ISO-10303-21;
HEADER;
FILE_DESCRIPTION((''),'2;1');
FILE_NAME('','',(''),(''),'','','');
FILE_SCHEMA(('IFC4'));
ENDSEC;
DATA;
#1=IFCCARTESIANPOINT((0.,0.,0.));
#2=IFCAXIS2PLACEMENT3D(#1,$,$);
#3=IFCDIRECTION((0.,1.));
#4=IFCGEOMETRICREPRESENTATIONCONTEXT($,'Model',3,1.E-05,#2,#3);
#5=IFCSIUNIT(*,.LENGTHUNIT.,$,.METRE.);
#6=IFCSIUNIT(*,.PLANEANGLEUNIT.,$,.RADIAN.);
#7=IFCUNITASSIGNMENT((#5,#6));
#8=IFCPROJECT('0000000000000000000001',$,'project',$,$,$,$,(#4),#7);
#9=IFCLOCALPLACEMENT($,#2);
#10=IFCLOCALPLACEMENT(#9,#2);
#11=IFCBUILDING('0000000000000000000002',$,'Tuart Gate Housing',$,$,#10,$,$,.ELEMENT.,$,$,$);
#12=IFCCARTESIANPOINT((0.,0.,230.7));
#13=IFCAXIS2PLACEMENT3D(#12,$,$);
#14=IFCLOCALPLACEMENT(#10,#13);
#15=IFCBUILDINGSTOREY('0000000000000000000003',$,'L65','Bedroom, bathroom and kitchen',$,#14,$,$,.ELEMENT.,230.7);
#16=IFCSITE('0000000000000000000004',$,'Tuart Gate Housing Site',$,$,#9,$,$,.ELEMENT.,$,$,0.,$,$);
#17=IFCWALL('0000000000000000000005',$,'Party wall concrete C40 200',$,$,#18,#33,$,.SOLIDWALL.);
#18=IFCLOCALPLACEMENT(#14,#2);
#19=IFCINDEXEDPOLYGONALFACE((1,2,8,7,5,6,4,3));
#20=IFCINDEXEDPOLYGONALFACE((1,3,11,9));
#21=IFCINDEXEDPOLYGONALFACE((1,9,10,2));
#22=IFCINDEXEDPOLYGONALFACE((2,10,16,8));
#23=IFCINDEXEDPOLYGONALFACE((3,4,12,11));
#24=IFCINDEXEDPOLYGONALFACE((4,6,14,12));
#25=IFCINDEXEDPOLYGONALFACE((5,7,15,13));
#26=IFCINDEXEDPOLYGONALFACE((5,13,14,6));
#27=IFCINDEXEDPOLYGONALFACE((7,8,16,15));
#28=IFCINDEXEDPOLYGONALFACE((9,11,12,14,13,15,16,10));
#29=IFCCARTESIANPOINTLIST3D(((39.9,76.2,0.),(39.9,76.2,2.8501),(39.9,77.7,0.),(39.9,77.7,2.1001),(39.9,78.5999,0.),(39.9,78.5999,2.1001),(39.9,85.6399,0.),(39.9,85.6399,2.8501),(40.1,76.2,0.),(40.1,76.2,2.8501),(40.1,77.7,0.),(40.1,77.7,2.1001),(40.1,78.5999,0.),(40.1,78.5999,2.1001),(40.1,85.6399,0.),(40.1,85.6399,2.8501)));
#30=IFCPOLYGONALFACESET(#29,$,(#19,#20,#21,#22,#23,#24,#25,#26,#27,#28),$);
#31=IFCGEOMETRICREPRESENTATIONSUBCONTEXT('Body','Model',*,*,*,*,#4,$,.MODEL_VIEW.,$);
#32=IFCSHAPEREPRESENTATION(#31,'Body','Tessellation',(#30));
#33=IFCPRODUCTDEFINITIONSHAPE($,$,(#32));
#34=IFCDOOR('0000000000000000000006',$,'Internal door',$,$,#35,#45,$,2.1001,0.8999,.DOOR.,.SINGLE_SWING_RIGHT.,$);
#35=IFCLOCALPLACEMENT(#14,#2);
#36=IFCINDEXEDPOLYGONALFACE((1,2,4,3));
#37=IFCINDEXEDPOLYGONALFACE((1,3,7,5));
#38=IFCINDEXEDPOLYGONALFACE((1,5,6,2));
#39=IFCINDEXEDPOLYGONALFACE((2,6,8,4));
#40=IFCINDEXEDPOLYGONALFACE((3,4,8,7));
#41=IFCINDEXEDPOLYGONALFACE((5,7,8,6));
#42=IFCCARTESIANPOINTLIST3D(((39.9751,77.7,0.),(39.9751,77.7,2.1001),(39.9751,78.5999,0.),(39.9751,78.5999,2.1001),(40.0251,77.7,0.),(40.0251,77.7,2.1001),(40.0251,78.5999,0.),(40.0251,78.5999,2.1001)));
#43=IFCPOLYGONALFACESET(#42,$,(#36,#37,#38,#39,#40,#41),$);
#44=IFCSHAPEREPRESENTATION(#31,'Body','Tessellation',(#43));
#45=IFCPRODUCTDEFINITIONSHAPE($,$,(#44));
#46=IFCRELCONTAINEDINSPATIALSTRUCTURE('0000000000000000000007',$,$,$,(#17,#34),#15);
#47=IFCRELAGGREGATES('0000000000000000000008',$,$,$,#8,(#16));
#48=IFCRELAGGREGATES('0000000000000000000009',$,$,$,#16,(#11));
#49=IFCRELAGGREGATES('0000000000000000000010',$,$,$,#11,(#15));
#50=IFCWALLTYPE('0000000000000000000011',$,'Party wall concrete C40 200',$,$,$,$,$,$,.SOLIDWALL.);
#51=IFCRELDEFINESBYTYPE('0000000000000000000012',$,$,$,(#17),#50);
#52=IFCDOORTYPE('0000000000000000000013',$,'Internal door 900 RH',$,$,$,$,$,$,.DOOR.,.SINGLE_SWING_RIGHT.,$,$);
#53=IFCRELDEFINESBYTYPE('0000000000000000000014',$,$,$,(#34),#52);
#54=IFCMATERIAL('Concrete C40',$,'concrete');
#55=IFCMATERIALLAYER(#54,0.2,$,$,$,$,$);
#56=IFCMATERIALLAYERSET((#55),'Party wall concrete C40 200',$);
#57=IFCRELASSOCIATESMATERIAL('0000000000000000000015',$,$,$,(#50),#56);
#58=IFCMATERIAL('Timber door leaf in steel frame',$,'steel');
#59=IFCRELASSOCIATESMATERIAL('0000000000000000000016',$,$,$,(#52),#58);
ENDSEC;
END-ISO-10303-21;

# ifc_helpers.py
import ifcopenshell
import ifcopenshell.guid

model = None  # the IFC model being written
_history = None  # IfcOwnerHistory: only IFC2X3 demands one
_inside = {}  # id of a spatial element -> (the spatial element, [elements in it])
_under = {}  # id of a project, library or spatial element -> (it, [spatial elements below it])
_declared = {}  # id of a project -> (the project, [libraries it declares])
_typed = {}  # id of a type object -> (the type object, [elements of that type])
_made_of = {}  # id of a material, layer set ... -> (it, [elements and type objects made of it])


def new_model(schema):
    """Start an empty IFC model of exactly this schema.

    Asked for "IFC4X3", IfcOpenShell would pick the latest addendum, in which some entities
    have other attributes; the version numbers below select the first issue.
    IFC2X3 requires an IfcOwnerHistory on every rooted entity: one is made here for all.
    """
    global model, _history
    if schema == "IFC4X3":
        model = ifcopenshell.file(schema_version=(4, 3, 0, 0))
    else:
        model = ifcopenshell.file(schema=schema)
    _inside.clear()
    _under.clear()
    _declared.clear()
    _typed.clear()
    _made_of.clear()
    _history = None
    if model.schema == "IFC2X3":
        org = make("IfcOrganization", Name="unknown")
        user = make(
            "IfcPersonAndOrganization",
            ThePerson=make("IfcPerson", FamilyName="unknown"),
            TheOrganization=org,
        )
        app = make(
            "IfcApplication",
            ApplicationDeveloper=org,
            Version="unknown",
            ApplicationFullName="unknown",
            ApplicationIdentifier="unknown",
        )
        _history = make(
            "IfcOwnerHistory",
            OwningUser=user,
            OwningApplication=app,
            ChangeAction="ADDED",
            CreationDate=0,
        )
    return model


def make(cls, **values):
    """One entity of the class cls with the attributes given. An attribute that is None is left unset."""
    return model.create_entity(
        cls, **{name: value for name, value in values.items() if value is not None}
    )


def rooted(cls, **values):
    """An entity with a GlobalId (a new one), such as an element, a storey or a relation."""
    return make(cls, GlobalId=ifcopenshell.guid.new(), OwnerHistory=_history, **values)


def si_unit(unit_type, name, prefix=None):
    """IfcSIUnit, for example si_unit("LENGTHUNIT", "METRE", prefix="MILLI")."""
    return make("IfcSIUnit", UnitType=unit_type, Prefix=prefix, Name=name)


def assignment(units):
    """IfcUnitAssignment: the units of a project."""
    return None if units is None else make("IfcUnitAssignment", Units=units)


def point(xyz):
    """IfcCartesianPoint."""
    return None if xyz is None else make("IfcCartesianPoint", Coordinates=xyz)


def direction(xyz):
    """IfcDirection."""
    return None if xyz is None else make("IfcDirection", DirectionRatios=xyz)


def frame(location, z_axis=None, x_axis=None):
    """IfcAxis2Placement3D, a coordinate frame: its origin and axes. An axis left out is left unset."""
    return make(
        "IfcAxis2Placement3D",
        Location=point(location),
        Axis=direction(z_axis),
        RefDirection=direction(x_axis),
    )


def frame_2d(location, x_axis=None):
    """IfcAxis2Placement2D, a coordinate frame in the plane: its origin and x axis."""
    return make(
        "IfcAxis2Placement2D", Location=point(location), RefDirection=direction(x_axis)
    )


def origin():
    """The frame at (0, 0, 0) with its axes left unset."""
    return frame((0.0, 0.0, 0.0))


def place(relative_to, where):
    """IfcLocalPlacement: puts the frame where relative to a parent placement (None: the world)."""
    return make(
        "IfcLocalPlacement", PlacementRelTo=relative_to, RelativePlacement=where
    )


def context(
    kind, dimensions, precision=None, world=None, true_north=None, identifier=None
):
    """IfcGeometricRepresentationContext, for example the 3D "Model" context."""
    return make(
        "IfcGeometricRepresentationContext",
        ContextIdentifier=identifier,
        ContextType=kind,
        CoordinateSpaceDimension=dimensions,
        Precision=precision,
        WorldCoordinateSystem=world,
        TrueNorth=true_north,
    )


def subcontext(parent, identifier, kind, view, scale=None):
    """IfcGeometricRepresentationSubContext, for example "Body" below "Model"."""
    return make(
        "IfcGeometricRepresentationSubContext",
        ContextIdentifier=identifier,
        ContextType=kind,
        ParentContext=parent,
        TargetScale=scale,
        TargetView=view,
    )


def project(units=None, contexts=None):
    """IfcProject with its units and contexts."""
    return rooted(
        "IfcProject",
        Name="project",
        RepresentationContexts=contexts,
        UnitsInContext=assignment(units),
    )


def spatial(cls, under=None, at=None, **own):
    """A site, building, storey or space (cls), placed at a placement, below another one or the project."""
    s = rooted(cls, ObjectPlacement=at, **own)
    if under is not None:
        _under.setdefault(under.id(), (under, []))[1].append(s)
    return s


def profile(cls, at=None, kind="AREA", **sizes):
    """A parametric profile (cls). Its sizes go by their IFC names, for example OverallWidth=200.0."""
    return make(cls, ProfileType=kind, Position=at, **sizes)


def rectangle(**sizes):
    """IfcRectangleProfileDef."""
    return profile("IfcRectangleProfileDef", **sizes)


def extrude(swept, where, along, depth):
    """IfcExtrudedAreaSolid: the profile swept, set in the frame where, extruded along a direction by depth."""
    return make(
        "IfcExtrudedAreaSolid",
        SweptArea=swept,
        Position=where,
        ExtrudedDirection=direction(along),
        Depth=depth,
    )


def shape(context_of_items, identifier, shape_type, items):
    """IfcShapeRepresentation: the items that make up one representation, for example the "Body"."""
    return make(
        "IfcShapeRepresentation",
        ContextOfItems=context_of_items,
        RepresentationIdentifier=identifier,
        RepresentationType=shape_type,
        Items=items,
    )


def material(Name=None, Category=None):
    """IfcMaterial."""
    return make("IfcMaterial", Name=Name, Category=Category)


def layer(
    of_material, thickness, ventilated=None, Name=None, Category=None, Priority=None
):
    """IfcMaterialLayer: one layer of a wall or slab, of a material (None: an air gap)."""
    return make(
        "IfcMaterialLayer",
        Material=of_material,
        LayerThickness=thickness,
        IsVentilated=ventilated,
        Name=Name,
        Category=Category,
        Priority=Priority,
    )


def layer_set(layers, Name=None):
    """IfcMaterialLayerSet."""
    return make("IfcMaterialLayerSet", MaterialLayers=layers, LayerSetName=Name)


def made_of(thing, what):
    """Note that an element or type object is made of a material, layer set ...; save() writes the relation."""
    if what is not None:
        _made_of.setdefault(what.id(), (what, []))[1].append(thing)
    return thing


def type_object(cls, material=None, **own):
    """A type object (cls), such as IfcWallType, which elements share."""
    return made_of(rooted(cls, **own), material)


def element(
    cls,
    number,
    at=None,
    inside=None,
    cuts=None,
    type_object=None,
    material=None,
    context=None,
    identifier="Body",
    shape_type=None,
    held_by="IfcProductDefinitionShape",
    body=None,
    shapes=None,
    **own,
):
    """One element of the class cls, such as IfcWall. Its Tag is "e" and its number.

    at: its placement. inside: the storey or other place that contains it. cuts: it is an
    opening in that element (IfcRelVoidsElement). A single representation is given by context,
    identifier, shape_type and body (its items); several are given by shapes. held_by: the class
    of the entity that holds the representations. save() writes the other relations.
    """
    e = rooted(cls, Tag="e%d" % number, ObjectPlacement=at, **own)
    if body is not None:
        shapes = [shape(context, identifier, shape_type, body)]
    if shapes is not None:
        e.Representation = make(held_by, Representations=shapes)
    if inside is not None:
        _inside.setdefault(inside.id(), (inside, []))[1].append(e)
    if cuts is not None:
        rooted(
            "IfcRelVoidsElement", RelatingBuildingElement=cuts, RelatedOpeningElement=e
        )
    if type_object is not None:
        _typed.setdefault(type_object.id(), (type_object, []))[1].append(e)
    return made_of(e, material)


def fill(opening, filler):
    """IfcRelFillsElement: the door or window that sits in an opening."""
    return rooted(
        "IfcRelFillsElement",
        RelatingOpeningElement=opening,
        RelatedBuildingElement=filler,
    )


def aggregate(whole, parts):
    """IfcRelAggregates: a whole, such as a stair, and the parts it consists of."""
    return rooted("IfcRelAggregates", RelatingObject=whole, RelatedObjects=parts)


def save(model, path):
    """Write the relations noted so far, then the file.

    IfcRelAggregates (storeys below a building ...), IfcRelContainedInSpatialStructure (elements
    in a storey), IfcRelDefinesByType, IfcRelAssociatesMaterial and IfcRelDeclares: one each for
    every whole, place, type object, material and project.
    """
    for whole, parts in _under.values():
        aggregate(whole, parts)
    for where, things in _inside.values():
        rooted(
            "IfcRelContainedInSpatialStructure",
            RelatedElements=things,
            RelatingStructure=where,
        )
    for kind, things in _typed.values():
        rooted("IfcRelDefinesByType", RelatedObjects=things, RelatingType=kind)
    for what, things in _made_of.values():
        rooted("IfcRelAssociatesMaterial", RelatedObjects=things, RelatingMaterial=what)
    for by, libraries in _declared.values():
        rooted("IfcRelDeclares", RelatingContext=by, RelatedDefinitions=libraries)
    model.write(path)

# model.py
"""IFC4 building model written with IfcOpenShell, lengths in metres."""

from ifc_helpers import new_model, si_unit, direction, frame, frame_2d, origin, place, context, subcontext, project, spatial, rectangle, extrude, material, layer, layer_set, type_object, element, fill, save


model = new_model("IFC4")

# Units and contexts
model_context = context("Model", 3, precision=1e-05, world=origin(), true_north=direction((0.0, 1.0)))
body_context = subcontext(model_context, "Body", "Model", "MODEL_VIEW")
ifc_project = project(units=[si_unit("LENGTHUNIT", "METRE"), si_unit("PLANEANGLEUNIT", "RADIAN")], contexts=[model_context])

# Site, building, storey
site_placement = place(None, origin())
site = spatial("IfcSite", under=ifc_project, at=site_placement, Name="Tuart Gate Housing Site", CompositionType="ELEMENT", RefElevation=0.0)
building_placement = place(site_placement, origin())
building = spatial("IfcBuilding", under=site, at=building_placement, Name="Tuart Gate Housing", CompositionType="ELEMENT")
storey_placement = place(building_placement, frame((0.0, 0.0, 230.7)))
storey = spatial("IfcBuildingStorey", under=building, at=storey_placement, Name="L65", Description="Bedroom, bathroom and kitchen", CompositionType="ELEMENT", Elevation=230.7)

# Wall, opening, door
ifc_material_1 = material(Name="Concrete C40", Category="concrete")
ifc_layer_1 = layer(ifc_material_1, 0.2)
ifc_layer_set_1 = layer_set([ifc_layer_1], Name="Party wall concrete C40 200")
wall_type_1 = type_object("IfcWallType", Name="Party wall concrete C40 200", PredefinedType="SOLIDWALL", material=ifc_layer_set_1)
wall_1_placement = place(storey_placement, frame((40.0, 76.2, 0.0), z_axis=(0.0, 0.0, 1.0), x_axis=(0.0, 1.0, 0.0)))
wall_1 = element("IfcWall", 1, at=wall_1_placement, inside=storey, type_object=wall_type_1, Name="Party wall concrete C40 200", PredefinedType="SOLIDWALL", context=body_context, shape_type="SweptSolid", body=[
    extrude(rectangle(XDim=9.4399, YDim=0.2, at=frame_2d((4.72, 0.0))), origin(), (0.0, 0.0, 1.0), 2.8501),
])
opening_1_placement = place(wall_1_placement, frame((1.5, 0.0, 0.0)))
opening_1 = element("IfcOpeningElement", 2, at=opening_1_placement, cuts=wall_1, PredefinedType="OPENING", context=body_context, shape_type="SweptSolid", body=[
    extrude(rectangle(XDim=0.8999, YDim=2.1001, at=frame_2d((0.45, 1.05))), frame((0.0, 0.1099, 0.0), z_axis=(0.0, -1.0, 0.0), x_axis=(1.0, 0.0, 0.0)), (0.0, 0.0, 1.0), 0.22),
])
ifc_material_2 = material(Name="Timber door leaf in steel frame", Category="steel")
door_type_1 = type_object("IfcDoorType", Name="Internal door 900 RH", OperationType="SINGLE_SWING_RIGHT", PredefinedType="DOOR", material=ifc_material_2)
door_1_placement = place(opening_1_placement, frame((0.8999, 0.0, 0.0), z_axis=(0.0, 0.0, 1.0), x_axis=(-1.0, 0.0, 0.0)))
door_1 = element("IfcDoor", 3, at=door_1_placement, inside=storey, type_object=door_type_1, Name="Internal door", OperationType="SINGLE_SWING_RIGHT", OverallHeight=2.1001, OverallWidth=0.8999, PredefinedType="DOOR", context=body_context, shape_type="SweptSolid", body=[
    extrude(rectangle(XDim=0.8999, YDim=2.1001, at=frame_2d((0.45, 1.05))), frame((0.0, 0.0251, 0.0), z_axis=(0.0, -1.0, 0.0), x_axis=(1.0, 0.0, 0.0)), (0.0, 0.0, 1.0), 0.05),
])
fill(opening_1, door_1)

save(model, "model.ifc")
